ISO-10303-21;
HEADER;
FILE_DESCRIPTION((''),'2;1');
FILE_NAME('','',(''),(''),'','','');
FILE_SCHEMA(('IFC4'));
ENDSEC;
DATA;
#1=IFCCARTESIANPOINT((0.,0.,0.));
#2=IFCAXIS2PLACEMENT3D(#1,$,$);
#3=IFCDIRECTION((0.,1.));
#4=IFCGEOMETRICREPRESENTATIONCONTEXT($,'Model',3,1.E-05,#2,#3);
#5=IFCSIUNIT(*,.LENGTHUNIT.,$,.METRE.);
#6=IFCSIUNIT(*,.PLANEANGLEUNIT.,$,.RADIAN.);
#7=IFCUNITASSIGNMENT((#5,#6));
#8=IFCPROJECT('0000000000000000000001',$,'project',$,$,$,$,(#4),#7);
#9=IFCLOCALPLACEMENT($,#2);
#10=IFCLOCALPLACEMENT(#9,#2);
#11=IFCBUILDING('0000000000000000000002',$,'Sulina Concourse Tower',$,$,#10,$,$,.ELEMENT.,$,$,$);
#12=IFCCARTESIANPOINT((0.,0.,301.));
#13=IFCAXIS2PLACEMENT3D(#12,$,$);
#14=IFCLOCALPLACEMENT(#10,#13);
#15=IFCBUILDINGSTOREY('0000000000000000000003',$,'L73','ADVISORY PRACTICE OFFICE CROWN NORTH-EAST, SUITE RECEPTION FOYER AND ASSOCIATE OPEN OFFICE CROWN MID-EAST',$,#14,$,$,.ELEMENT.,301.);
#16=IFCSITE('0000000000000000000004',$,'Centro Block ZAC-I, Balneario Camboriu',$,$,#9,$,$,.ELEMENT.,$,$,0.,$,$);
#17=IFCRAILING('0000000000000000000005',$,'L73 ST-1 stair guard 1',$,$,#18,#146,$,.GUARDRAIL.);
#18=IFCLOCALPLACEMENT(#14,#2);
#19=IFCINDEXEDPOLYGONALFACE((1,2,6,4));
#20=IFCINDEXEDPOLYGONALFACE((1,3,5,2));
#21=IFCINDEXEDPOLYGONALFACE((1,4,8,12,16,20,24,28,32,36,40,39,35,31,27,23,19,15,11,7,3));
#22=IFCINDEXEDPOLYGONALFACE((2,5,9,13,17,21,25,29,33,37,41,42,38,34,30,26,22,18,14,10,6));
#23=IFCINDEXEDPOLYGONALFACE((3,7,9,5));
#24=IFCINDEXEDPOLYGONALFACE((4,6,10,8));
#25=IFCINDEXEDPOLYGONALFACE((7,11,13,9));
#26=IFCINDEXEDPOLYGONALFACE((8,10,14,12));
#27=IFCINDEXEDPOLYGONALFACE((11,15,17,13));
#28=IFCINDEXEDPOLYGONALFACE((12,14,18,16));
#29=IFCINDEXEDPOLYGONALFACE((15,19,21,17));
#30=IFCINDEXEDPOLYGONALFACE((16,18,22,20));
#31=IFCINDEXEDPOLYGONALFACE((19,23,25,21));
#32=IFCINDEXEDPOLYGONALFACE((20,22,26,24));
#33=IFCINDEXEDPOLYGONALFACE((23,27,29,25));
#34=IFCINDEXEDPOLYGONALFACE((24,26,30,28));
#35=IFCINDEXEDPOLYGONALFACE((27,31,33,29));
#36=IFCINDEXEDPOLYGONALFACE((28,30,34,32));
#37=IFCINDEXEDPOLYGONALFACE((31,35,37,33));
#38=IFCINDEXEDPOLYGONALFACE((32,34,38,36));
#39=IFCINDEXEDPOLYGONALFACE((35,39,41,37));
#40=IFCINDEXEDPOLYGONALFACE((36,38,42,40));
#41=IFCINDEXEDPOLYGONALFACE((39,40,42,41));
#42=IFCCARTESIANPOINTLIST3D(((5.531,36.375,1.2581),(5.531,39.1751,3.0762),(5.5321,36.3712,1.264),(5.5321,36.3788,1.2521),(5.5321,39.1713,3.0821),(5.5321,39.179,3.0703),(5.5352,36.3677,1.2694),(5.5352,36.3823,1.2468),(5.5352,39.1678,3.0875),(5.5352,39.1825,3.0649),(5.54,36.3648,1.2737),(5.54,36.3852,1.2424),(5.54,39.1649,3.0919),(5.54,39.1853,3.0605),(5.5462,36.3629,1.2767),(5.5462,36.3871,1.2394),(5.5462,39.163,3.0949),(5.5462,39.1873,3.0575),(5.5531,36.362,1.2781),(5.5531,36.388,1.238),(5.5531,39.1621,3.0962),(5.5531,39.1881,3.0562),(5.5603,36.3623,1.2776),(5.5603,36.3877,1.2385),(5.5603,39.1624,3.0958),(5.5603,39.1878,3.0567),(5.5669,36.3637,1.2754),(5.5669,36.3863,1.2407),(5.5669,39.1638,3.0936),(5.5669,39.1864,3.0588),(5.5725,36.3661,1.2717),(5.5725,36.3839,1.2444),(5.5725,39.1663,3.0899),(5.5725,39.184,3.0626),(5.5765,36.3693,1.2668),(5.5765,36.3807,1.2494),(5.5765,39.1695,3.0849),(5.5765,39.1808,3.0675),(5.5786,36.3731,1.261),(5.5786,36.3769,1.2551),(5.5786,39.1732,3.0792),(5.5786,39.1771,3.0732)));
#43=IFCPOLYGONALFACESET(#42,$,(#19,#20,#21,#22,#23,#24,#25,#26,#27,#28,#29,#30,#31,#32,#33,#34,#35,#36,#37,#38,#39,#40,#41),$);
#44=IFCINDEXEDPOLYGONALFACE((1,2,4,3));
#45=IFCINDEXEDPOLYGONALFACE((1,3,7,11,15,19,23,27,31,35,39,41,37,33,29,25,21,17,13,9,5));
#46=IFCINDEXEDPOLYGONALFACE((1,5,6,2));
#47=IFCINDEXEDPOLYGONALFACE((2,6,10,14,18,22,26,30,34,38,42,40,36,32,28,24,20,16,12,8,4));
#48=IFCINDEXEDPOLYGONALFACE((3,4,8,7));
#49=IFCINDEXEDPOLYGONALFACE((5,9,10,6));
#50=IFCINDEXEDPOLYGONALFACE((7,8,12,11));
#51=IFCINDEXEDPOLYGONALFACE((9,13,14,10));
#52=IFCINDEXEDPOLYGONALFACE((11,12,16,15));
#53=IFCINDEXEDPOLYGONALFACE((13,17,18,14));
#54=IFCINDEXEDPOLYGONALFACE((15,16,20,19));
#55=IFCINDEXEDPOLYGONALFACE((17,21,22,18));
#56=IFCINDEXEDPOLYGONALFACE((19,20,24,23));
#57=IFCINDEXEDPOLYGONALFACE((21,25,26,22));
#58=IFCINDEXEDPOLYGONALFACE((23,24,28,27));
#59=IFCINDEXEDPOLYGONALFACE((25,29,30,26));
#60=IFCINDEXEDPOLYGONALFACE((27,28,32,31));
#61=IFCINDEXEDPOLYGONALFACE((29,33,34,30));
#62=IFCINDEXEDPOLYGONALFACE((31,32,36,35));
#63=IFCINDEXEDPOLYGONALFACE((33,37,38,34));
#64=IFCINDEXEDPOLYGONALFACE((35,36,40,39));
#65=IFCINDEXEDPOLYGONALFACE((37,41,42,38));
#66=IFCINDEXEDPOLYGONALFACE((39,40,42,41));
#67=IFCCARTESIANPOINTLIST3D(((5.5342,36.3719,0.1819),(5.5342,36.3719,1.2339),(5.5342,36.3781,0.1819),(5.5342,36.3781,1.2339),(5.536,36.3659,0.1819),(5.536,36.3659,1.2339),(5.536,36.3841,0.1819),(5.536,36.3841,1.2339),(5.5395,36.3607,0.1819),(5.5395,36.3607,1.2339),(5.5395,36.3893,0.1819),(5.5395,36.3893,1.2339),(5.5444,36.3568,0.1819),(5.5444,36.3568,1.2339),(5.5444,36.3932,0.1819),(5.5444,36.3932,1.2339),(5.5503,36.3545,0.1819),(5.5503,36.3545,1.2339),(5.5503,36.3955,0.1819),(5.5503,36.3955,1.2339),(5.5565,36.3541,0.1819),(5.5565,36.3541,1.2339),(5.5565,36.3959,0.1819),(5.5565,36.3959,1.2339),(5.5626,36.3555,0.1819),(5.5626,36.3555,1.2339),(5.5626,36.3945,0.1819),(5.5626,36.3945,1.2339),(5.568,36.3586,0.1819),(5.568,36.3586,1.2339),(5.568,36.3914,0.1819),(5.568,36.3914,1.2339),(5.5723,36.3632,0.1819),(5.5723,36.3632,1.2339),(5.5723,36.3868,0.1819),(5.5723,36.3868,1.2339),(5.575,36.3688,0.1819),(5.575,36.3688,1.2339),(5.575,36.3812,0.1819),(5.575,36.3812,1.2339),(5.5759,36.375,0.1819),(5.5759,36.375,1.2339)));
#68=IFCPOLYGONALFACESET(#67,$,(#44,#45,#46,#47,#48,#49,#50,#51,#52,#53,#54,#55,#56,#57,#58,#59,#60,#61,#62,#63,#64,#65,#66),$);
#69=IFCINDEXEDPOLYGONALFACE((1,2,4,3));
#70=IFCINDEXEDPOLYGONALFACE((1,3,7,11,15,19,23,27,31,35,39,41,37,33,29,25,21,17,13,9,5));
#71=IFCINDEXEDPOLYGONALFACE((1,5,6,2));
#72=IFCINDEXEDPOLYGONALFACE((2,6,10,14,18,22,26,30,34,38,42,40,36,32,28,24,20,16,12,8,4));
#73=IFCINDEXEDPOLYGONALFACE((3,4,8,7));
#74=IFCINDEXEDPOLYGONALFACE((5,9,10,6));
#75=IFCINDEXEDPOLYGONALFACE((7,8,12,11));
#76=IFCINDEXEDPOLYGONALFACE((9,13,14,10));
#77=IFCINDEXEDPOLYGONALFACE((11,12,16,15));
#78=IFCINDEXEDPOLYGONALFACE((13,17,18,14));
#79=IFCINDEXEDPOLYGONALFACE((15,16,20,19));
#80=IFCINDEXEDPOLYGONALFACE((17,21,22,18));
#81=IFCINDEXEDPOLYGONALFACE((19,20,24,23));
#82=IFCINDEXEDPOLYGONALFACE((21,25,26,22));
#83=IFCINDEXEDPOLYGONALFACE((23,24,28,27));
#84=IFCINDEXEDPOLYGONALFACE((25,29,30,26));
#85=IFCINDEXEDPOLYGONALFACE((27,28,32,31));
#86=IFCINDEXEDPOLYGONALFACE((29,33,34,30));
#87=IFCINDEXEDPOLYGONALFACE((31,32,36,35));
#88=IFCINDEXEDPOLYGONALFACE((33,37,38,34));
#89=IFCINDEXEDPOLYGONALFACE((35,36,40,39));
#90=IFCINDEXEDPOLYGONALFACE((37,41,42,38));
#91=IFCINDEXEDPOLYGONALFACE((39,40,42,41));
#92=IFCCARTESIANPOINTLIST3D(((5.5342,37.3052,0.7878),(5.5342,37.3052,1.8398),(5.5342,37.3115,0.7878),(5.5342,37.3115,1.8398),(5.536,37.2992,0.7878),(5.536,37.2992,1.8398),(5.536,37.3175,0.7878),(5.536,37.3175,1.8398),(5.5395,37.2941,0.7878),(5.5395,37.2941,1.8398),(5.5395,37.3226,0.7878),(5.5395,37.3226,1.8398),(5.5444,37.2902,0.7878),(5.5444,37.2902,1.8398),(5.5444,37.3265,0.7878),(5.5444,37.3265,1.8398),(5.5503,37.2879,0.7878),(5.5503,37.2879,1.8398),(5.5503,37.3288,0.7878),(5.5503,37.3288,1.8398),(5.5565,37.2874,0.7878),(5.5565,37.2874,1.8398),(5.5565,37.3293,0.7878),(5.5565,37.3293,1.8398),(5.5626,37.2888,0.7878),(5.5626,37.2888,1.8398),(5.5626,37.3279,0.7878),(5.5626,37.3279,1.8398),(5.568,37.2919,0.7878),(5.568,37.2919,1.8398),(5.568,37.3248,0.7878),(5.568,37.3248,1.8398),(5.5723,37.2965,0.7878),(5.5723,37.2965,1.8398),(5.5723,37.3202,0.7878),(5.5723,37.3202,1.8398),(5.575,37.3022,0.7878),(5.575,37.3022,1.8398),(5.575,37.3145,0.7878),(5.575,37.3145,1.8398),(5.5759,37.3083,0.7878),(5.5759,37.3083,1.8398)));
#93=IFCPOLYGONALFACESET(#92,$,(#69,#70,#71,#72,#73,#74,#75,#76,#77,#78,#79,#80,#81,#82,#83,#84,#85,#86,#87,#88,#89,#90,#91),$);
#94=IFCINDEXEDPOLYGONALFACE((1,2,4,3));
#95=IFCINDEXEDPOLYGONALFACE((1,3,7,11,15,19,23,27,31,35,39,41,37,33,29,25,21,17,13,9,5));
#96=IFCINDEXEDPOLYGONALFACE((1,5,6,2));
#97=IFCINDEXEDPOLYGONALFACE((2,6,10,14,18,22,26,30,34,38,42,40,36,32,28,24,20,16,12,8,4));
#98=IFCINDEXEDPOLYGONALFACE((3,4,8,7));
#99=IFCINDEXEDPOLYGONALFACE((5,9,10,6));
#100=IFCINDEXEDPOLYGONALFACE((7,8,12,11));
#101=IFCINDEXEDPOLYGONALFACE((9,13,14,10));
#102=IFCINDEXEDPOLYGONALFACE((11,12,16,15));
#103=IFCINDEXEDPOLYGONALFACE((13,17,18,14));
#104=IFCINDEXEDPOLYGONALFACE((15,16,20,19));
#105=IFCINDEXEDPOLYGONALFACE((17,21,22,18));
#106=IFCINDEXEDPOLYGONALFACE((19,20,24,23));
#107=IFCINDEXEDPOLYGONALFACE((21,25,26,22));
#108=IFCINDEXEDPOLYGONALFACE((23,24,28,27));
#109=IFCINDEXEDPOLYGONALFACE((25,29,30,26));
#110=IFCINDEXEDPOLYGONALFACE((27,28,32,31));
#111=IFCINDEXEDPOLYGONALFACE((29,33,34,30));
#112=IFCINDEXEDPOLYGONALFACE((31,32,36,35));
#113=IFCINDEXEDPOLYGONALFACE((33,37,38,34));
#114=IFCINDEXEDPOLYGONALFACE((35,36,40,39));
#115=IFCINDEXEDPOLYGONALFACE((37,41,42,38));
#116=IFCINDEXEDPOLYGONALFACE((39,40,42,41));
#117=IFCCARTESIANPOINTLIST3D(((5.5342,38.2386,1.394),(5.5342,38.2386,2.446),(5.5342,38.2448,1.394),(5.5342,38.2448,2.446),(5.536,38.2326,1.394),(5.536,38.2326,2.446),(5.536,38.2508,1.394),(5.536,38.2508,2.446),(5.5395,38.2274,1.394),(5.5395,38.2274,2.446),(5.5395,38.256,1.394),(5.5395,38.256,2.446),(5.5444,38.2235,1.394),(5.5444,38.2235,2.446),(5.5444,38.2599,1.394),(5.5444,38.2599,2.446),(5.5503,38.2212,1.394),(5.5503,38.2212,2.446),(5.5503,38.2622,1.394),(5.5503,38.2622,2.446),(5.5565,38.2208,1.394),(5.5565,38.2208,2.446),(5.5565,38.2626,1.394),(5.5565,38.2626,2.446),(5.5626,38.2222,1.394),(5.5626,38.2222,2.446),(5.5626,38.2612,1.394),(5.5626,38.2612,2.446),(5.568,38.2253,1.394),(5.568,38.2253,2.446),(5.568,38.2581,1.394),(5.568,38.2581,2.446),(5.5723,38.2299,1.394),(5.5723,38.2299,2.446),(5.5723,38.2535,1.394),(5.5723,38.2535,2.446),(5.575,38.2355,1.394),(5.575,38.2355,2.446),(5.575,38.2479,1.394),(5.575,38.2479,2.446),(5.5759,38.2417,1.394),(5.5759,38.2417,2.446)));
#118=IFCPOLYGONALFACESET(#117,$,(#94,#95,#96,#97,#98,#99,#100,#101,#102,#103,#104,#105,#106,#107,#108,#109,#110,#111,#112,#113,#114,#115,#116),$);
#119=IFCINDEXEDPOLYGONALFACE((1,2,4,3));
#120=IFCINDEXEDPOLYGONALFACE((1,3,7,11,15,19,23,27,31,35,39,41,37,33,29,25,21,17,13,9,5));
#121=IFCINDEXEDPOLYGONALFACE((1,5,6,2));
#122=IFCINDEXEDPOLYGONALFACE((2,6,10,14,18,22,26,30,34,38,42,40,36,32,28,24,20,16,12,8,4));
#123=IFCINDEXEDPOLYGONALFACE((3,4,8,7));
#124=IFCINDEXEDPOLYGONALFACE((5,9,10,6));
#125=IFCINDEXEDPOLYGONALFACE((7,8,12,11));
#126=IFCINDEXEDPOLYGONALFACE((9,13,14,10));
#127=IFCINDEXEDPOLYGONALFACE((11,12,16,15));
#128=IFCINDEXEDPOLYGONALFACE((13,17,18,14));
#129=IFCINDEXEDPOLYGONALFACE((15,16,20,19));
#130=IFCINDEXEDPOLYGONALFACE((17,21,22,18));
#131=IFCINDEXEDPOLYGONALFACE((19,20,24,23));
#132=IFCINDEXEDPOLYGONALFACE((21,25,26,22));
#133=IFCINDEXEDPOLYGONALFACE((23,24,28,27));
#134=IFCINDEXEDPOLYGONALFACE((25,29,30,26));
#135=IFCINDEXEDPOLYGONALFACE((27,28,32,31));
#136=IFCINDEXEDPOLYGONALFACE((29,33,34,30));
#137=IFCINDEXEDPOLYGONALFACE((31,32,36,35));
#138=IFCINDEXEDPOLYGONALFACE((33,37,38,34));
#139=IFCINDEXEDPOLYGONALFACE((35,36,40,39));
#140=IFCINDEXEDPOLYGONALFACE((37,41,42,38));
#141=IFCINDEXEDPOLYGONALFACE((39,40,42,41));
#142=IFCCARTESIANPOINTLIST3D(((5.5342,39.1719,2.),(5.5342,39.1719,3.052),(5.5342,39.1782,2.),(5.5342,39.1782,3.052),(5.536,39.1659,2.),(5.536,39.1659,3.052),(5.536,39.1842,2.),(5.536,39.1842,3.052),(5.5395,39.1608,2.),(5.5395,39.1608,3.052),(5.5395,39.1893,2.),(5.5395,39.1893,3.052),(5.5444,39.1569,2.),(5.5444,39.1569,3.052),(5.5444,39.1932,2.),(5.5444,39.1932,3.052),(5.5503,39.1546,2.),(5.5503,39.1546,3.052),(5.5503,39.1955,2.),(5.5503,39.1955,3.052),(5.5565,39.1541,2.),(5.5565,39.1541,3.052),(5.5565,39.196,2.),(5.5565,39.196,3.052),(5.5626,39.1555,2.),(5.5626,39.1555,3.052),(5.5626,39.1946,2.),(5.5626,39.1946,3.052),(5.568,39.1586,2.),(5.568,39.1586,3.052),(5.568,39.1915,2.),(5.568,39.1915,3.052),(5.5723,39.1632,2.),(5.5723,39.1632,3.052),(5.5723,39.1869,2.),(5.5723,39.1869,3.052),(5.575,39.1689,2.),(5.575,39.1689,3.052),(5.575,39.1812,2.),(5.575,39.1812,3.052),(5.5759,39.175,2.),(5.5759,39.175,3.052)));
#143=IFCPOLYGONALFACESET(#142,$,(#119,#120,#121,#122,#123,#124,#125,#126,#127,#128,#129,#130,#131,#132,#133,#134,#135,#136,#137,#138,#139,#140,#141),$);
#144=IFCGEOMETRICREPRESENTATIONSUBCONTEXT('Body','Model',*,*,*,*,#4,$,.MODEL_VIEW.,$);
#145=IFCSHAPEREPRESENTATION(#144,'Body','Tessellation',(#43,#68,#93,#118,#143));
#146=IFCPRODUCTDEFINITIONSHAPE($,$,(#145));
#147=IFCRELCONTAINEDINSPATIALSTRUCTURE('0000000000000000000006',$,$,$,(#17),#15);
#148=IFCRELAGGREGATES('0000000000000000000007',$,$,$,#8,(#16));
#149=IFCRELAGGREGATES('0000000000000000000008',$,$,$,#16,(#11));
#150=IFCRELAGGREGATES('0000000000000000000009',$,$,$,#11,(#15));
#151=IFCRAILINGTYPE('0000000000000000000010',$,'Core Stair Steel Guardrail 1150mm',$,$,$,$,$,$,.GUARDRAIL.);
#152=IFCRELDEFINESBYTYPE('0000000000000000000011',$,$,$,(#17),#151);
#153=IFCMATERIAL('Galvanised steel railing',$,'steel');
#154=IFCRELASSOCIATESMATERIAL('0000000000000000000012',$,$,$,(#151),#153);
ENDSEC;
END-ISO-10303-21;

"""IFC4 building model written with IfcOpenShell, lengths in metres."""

from ifc_helpers import new_model, si_unit, direction, frame, origin, origin_2d, place, context, subcontext, project, spatial, circle, extrude, material, type_object, element, save


model = new_model("IFC4")

# Units and contexts
model_context = context("Model", 3, precision=1e-05, world=origin(), true_north=direction((0.0, 1.0)))
body_context = subcontext(model_context, "Body", "Model", "MODEL_VIEW")
ifc_project = project(units=[si_unit("LENGTHUNIT", "METRE"), si_unit("PLANEANGLEUNIT", "RADIAN")], contexts=[model_context])

# Site, building, storey
site_placement = place(None, origin())
site = spatial("IfcSite", under=ifc_project, at=site_placement, Name="Centro Block ZAC-I, Balneario Camboriu", CompositionType="ELEMENT", RefElevation=0.0)
building_placement = place(site_placement, origin())
building = spatial("IfcBuilding", under=site, at=building_placement, Name="Sulina Concourse Tower", CompositionType="ELEMENT")
storey_placement = place(building_placement, frame((0.0, 0.0, 301.0)))
storey = spatial("IfcBuildingStorey", under=building, at=storey_placement, Name="L73", Description="ADVISORY PRACTICE OFFICE CROWN NORTH-EAST, SUITE RECEPTION FOYER AND ASSOCIATE OPEN OFFICE CROWN MID-EAST", CompositionType="ELEMENT", Elevation=301.0)

# Railing
ifc_material_1 = material(Name="Galvanised steel railing", Category="steel")
railing_type_1 = type_object("IfcRailingType", Name="Core Stair Steel Guardrail 1150mm", PredefinedType="GUARDRAIL", material=ifc_material_1)
railing_1_placement = place(storey_placement, frame((5.5549, 36.375, 0.1819)))
element("IfcRailing", 1, at=railing_1_placement, inside=storey, type_object=railing_type_1, Name="L73 ST-1 stair guard 1", PredefinedType="GUARDRAIL", context=body_context, shape_type="SweptSolid", body=[
    extrude(circle(Radius=0.0239, at=origin_2d()), frame((0.0, 0.0, 1.0762), z_axis=(0.0, 0.838706, 0.544585), x_axis=(-1.0, 0.0, 0.0)), (0.0, 0.0, 1.0), 3.3386),
    extrude(circle(Radius=0.021, at=origin_2d()), origin(), (0.0, 0.0, 1.0), 1.052),
    extrude(circle(Radius=0.021, at=origin_2d()), frame((0.0, 0.9333, 0.606)), (0.0, 0.0, 1.0), 1.052),
    extrude(circle(Radius=0.021, at=origin_2d()), frame((0.0, 1.8667, 1.2122)), (0.0, 0.0, 1.0), 1.052),
    extrude(circle(Radius=0.021, at=origin_2d()), frame((0.0, 2.8, 1.8181)), (0.0, 0.0, 1.0), 1.052),
])

save(model, "model.ifc")
